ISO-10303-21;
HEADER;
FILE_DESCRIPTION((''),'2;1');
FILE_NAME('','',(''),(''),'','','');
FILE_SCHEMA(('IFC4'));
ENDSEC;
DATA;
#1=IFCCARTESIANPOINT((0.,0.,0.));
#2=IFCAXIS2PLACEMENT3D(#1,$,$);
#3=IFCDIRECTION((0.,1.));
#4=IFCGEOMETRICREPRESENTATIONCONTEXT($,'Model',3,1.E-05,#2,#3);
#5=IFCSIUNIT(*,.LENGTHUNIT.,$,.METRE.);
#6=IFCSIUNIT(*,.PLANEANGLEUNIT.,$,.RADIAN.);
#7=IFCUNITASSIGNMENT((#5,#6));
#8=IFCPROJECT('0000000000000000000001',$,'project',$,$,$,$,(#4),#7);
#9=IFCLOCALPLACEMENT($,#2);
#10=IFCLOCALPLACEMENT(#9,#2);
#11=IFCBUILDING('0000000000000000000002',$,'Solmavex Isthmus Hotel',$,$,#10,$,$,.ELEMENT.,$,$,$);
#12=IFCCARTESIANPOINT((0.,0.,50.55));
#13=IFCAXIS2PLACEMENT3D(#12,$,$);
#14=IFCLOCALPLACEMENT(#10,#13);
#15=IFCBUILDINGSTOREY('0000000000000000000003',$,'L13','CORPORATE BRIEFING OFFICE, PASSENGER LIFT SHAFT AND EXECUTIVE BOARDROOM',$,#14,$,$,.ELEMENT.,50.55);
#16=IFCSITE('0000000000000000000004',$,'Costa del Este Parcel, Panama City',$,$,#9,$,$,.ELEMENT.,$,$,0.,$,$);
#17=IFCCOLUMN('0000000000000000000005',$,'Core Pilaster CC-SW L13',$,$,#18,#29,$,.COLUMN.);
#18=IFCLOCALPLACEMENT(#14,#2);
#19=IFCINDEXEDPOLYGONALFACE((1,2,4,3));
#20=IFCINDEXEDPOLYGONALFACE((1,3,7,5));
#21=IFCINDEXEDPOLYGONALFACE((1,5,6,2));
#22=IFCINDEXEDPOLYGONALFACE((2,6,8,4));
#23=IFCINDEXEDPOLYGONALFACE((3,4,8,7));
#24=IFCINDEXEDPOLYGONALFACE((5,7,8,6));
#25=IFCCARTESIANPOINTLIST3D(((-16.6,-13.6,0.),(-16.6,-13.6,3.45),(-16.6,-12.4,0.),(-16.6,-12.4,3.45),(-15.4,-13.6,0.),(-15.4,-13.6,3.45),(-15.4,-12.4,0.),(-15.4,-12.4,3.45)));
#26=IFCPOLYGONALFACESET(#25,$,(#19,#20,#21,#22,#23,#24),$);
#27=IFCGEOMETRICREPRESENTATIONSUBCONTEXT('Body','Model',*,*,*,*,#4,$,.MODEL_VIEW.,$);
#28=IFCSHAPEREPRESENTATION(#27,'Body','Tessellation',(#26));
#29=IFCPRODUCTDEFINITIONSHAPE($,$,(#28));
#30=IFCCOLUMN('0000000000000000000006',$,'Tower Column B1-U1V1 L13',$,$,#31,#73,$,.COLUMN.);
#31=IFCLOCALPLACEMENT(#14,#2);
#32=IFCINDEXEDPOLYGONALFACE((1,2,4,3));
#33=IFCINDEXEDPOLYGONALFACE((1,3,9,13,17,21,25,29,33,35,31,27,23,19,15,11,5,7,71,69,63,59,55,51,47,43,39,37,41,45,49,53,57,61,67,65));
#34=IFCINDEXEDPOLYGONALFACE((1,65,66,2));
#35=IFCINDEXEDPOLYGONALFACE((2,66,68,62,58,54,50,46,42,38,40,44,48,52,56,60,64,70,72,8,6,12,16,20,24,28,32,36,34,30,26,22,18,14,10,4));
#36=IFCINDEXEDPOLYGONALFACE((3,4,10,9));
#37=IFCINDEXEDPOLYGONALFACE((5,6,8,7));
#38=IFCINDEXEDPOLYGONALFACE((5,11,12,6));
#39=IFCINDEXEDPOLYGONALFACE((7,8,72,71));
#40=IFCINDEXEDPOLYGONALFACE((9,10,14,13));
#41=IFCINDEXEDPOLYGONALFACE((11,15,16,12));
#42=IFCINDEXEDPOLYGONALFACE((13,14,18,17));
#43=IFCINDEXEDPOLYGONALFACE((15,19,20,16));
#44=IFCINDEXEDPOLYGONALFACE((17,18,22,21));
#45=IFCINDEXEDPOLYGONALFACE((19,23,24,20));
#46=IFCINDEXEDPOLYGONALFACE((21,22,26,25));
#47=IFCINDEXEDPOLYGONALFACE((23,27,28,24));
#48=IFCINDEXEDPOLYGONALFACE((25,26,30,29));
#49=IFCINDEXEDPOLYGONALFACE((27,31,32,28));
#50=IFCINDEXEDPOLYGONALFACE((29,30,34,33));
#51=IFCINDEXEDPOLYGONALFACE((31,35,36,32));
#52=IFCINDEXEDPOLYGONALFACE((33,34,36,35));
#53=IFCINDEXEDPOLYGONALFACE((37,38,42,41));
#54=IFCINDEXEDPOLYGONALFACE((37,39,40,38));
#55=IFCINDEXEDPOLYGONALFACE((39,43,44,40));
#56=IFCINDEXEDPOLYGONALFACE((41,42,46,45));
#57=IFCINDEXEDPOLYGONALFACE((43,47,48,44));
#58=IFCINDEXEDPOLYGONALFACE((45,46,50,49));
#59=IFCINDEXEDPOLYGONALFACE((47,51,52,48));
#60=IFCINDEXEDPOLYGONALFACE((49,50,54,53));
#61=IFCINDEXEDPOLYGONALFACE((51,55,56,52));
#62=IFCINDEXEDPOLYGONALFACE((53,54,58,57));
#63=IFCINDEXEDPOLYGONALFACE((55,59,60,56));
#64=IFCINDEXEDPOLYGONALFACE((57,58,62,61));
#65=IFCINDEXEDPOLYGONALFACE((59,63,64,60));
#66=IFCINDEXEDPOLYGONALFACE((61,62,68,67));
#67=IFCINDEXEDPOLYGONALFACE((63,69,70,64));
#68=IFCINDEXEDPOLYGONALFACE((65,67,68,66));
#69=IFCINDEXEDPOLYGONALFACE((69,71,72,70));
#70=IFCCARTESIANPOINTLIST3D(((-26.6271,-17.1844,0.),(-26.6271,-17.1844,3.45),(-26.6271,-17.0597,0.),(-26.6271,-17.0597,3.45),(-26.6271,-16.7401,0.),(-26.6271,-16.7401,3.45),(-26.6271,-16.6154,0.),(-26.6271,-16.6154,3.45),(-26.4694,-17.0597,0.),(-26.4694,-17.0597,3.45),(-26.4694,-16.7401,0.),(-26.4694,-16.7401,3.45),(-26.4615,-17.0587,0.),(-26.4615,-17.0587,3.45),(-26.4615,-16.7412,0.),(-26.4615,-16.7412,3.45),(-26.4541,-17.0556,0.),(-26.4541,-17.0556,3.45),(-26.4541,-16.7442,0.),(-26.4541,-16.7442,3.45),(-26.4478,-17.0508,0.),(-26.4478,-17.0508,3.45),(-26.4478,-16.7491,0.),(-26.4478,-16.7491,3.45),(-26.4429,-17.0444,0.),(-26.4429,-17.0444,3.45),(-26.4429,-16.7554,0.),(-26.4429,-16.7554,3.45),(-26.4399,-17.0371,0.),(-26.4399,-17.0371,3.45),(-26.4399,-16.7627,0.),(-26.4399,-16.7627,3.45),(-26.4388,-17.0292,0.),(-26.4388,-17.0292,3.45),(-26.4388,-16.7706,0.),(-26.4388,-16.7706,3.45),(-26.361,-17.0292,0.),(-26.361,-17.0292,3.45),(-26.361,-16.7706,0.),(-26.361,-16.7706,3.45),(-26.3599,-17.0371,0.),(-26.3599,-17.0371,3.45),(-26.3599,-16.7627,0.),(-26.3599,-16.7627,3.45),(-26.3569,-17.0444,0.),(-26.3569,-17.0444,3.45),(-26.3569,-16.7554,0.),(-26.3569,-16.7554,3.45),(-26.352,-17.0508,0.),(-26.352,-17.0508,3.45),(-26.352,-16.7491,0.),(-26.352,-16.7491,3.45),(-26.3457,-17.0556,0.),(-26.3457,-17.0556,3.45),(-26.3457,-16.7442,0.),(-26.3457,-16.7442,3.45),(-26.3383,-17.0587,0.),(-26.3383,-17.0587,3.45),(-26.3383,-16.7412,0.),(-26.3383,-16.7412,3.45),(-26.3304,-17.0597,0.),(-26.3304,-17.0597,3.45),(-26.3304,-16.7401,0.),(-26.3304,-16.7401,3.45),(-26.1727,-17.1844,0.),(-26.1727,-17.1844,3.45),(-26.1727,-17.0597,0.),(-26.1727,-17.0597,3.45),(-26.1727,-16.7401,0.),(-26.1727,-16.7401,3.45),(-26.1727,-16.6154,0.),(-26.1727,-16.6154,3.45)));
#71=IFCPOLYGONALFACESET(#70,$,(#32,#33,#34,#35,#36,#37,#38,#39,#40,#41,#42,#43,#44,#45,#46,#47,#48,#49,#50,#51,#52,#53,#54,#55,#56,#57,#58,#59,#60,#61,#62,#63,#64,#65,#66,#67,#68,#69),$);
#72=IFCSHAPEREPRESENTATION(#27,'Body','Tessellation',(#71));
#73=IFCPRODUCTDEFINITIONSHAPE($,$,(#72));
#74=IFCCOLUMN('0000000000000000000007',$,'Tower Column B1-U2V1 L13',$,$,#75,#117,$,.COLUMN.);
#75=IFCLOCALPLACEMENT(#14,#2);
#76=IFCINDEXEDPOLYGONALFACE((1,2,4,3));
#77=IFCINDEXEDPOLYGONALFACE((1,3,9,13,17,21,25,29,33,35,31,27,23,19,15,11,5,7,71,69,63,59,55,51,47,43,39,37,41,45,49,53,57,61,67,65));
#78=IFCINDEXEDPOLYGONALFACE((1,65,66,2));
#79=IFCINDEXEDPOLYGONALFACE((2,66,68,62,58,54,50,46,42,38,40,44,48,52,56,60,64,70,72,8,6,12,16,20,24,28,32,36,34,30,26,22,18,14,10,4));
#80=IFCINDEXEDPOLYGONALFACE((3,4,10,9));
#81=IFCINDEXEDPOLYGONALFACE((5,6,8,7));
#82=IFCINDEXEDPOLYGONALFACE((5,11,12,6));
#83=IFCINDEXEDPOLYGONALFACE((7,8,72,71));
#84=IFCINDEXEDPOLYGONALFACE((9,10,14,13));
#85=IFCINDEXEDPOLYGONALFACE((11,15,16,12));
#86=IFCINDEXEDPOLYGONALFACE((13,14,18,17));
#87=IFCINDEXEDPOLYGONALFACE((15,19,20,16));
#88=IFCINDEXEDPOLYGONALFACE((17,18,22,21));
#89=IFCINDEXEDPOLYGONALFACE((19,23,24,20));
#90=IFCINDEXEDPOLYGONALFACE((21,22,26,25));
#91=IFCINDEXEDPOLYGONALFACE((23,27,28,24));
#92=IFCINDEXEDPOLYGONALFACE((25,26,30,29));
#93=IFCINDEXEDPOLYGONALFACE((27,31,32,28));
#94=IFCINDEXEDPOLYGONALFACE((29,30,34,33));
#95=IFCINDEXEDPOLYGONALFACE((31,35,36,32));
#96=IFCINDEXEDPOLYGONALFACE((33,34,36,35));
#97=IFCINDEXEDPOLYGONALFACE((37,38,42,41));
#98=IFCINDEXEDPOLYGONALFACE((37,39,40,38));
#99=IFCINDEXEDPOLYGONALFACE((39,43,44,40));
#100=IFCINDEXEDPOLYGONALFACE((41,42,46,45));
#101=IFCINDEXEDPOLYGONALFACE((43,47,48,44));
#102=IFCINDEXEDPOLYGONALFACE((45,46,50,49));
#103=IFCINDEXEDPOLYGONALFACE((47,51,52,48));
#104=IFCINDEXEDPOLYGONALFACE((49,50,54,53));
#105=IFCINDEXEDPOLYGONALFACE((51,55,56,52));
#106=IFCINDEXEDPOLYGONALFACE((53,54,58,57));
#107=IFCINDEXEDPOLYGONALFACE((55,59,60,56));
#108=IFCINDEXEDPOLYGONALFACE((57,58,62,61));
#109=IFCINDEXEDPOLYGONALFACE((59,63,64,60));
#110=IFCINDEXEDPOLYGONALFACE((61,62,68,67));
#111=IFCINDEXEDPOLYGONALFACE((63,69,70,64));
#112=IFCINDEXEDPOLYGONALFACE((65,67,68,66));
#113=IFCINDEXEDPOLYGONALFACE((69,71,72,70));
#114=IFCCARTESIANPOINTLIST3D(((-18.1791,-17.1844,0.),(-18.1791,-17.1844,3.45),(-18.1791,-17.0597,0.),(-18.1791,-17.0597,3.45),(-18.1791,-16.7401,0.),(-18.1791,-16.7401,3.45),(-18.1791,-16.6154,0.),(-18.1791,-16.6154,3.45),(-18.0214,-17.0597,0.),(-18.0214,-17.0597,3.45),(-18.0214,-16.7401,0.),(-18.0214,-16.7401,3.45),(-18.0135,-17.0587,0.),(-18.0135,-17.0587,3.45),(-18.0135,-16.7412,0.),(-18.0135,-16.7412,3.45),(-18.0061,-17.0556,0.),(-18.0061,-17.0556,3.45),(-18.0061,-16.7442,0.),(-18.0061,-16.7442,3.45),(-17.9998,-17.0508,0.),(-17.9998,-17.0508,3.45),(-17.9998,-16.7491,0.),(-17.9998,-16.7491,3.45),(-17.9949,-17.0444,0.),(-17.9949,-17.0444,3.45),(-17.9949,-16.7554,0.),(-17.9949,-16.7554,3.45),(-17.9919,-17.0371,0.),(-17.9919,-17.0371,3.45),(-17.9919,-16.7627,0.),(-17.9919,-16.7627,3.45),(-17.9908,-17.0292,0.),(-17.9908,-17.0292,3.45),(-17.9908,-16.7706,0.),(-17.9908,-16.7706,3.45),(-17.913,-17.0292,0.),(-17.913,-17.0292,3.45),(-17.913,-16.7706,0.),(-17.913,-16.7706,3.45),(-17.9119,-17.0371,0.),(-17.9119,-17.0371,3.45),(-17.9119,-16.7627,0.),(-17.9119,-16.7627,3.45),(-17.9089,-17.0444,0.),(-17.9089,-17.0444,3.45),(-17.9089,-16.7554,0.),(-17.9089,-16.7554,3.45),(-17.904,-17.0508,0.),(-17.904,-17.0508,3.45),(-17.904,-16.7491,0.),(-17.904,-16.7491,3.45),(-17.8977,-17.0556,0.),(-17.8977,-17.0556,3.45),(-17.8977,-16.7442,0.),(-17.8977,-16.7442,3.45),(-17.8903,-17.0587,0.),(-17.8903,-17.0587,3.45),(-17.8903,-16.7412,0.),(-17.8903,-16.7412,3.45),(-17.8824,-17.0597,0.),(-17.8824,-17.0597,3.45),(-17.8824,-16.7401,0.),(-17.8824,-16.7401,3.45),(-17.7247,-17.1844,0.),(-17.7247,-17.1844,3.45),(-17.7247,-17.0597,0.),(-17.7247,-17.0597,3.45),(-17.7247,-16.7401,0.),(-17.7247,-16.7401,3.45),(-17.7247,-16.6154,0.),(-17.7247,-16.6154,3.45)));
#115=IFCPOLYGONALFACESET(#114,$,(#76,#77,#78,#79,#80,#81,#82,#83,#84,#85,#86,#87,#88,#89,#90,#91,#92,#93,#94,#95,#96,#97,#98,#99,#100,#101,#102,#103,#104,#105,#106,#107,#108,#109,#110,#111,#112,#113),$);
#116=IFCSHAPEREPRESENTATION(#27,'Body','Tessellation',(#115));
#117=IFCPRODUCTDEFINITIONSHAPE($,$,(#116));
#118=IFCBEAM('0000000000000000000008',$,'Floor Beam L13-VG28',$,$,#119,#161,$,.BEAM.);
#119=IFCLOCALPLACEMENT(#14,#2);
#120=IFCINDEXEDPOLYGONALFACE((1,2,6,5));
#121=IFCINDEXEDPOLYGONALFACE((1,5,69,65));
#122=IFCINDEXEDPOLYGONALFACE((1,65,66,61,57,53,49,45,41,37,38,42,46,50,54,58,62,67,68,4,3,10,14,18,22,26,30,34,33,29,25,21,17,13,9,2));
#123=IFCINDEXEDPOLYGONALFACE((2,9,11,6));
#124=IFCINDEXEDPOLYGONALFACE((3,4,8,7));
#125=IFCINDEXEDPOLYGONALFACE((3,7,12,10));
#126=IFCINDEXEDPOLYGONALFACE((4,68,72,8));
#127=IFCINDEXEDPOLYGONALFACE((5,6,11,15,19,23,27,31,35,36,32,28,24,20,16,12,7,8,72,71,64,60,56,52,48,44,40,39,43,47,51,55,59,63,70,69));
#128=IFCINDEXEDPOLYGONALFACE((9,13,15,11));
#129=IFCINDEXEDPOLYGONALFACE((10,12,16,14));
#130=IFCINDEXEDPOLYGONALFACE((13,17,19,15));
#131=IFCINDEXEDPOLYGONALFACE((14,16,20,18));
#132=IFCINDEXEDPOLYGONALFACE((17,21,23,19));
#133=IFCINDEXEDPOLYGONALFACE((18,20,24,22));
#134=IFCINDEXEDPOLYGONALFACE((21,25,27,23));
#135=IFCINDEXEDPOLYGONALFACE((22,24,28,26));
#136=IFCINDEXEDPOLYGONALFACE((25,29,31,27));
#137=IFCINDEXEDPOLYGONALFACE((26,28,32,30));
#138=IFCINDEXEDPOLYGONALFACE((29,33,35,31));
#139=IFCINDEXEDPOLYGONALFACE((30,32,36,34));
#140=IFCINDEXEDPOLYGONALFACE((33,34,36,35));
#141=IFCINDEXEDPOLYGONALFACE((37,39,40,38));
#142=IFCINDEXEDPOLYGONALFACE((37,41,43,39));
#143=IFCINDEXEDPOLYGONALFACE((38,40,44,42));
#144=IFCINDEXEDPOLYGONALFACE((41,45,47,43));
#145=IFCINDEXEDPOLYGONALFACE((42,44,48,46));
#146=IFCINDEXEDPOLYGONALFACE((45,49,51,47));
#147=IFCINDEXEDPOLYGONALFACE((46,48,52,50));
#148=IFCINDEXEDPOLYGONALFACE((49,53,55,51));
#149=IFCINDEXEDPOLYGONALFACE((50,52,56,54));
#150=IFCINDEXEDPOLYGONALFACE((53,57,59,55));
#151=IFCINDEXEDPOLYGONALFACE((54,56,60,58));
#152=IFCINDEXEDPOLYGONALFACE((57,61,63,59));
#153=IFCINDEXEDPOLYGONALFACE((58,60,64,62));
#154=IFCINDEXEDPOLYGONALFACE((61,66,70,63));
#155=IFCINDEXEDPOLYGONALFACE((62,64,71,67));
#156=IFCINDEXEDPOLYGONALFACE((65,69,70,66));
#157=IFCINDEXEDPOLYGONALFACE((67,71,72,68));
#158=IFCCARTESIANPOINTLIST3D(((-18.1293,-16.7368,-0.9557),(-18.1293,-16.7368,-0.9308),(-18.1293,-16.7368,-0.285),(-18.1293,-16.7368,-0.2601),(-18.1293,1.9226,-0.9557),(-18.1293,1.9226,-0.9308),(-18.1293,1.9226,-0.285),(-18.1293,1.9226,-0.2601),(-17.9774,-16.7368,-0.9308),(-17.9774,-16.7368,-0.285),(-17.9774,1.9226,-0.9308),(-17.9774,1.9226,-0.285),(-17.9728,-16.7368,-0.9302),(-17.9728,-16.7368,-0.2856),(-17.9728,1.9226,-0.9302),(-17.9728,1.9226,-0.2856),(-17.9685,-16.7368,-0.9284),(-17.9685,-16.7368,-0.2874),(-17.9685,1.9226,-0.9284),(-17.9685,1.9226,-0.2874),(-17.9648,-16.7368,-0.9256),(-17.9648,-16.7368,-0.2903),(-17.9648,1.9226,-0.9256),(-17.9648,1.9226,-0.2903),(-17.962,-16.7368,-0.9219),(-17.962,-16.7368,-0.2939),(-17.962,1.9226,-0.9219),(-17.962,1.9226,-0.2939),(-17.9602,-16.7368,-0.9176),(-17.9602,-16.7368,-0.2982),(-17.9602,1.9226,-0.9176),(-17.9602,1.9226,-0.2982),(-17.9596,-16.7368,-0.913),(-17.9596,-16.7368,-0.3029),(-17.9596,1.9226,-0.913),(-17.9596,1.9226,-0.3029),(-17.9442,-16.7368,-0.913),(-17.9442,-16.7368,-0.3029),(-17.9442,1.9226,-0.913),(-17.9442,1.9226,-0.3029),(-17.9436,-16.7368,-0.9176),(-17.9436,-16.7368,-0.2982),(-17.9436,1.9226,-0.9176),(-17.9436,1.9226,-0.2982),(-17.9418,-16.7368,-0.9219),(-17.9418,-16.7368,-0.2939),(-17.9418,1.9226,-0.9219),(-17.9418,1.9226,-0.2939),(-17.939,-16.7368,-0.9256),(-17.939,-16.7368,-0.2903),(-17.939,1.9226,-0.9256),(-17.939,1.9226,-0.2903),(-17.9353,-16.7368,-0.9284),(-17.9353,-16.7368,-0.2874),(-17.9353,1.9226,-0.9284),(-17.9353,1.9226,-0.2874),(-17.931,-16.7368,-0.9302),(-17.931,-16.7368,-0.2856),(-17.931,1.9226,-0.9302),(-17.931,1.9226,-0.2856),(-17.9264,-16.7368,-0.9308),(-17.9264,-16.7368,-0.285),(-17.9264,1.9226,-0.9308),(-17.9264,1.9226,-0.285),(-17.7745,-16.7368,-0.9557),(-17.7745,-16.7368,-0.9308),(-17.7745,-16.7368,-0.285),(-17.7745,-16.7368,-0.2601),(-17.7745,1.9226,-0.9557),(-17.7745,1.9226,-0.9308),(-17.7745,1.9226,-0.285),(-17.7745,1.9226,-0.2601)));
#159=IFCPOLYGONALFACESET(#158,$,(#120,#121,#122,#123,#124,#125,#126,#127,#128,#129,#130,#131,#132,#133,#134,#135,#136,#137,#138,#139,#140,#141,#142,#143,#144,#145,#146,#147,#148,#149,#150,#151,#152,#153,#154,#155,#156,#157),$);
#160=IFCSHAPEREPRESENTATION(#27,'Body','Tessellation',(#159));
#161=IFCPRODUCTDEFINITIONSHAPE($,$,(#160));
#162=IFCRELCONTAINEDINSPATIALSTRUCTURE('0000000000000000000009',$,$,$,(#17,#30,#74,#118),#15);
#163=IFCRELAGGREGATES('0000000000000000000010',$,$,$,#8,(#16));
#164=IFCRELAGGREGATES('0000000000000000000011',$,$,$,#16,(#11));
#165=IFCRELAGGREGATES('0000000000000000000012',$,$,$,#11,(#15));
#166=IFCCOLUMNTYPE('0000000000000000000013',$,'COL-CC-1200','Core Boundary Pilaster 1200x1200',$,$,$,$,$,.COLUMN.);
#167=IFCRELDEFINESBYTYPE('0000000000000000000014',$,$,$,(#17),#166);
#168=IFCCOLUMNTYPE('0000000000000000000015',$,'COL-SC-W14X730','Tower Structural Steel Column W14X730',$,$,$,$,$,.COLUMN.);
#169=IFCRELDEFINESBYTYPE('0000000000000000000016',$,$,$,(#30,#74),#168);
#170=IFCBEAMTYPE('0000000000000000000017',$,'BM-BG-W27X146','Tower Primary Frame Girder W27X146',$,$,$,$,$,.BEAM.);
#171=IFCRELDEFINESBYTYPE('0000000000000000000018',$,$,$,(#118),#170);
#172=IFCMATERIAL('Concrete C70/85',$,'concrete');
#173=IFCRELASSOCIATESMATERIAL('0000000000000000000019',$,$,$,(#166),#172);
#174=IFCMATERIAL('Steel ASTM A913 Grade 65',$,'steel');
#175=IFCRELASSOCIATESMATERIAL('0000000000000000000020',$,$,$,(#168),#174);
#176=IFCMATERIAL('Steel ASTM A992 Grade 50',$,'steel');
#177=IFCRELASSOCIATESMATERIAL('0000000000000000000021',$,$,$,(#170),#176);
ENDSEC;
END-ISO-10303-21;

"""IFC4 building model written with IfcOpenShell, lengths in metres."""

from ifc_helpers import new_model, si_unit, direction, frame, origin, origin_2d, place, context, subcontext, project, spatial, rectangle, i_section, extrude, material, material_profile, profile_set, type_object, element, save


model = new_model("IFC4")

# Units and contexts
model_context = context("Model", 3, precision=1e-05, world=origin(), true_north=direction((0.0, 1.0)))
body_context = subcontext(model_context, "Body", "Model", "MODEL_VIEW")
ifc_project = project(units=[si_unit("LENGTHUNIT", "METRE"), si_unit("PLANEANGLEUNIT", "RADIAN")], contexts=[model_context])

# Site, building, storey
site_placement = place(None, origin())
site = spatial("IfcSite", under=ifc_project, at=site_placement, Name="Costa del Este Parcel, Panama City", CompositionType="ELEMENT", RefElevation=0.0)
building_placement = place(site_placement, origin())
building = spatial("IfcBuilding", under=site, at=building_placement, Name="Solmavex Isthmus Hotel", CompositionType="ELEMENT")
storey_placement = place(building_placement, frame((0.0, 0.0, 50.55)))
storey = spatial("IfcBuildingStorey", under=building, at=storey_placement, Name="L13", Description="CORPORATE BRIEFING OFFICE, PASSENGER LIFT SHAFT AND EXECUTIVE BOARDROOM", CompositionType="ELEMENT", Elevation=50.55)

# Columns
ifc_material_1 = material(Name="Concrete C70/85", Category="concrete")
ifc_material_profile_1 = material_profile(ifc_material_1, rectangle(XDim=1.2, YDim=1.2, at=origin_2d()), Name="RC1200X1200")
ifc_profile_set_1 = profile_set([ifc_material_profile_1], Name="Concrete C70/85")
column_type_1 = type_object("IfcColumnType", Name="COL-CC-1200", Description="Core Boundary Pilaster 1200x1200", PredefinedType="COLUMN", material=ifc_profile_set_1)
column_placement = place(storey_placement, frame((-16.0, -13.0, 0.0), z_axis=(0.0, 0.0, 1.0), x_axis=(1.0, 0.0, 0.0)))
element("IfcColumn", 1, at=column_placement, inside=storey, type_object=column_type_1, Name="Core Pilaster CC-SW L13", PredefinedType="COLUMN", context=body_context, shape_type="SweptSolid", body=[
    extrude(rectangle(XDim=1.2, YDim=1.2, at=origin_2d()), origin(), (0.0, 0.0, 1.0), 3.45),
])
ifc_material_2 = material(Name="Steel ASTM A913 Grade 65", Category="steel")
ifc_material_profile_2 = material_profile(ifc_material_2, i_section(OverallWidth=0.4543, OverallDepth=0.5691, WebThickness=0.0779, FlangeThickness=0.1248, FilletRadius=0.0305, at=origin_2d()), Name="W14X730")
ifc_profile_set_2 = profile_set([ifc_material_profile_2], Name="Steel ASTM A913 Grade 65")
column_type_2 = type_object("IfcColumnType", Name="COL-SC-W14X730", Description="Tower Structural Steel Column W14X730", PredefinedType="COLUMN", material=ifc_profile_set_2)
for number, where, z_axis, x_axis, name in (
    (2, (-26.3999, -16.8999, 0.0), (0.0, 0.0, 1.0), (1.0, 0.0, 0.0), "Tower Column B1-U1V1 L13"),
    (3, (-17.9519, -16.8999, 0.0), (0.0, 0.0, 1.0), (1.0, 0.0, 0.0), "Tower Column B1-U2V1 L13"),
):
    element("IfcColumn", number, at=place(storey_placement, frame(where, z_axis=z_axis, x_axis=x_axis)), inside=storey, type_object=column_type_2, Name=name, PredefinedType="COLUMN", context=body_context, shape_type="SweptSolid", body=[
        extrude(i_section(OverallWidth=0.4543, OverallDepth=0.5691, WebThickness=0.0779, FlangeThickness=0.1248, FilletRadius=0.0305, at=origin_2d()), origin(), (0.0, 0.0, 1.0), 3.45),
    ])

# Beam
ifc_material_3 = material(Name="Steel ASTM A992 Grade 50", Category="steel")
ifc_material_profile_3 = material_profile(ifc_material_3, i_section(OverallWidth=0.3547, OverallDepth=0.6956, WebThickness=0.0154, FlangeThickness=0.0249, FilletRadius=0.0178, at=origin_2d()), Name="W27X146")
ifc_profile_set_3 = profile_set([ifc_material_profile_3], Name="Steel ASTM A992 Grade 50")
beam_type_1 = type_object("IfcBeamType", Name="BM-BG-W27X146", Description="Tower Primary Frame Girder W27X146", PredefinedType="BEAM", material=ifc_profile_set_3)
beam_1_placement = place(storey_placement, frame((-17.9519, -16.7368, -0.6079), z_axis=(0.0, 1.0, 0.0), x_axis=(-1.0, 0.0, 0.0)))
element("IfcBeam", 4, at=beam_1_placement, inside=storey, type_object=beam_type_1, Name="Floor Beam L13-VG28", PredefinedType="BEAM", context=body_context, shape_type="SweptSolid", body=[
    extrude(i_section(OverallWidth=0.3547, OverallDepth=0.6956, WebThickness=0.0154, FlangeThickness=0.0249, FilletRadius=0.0178, at=origin_2d()), origin(), (0.0, 0.0, 1.0), 18.6594),
])

save(model, "model.ifc")
